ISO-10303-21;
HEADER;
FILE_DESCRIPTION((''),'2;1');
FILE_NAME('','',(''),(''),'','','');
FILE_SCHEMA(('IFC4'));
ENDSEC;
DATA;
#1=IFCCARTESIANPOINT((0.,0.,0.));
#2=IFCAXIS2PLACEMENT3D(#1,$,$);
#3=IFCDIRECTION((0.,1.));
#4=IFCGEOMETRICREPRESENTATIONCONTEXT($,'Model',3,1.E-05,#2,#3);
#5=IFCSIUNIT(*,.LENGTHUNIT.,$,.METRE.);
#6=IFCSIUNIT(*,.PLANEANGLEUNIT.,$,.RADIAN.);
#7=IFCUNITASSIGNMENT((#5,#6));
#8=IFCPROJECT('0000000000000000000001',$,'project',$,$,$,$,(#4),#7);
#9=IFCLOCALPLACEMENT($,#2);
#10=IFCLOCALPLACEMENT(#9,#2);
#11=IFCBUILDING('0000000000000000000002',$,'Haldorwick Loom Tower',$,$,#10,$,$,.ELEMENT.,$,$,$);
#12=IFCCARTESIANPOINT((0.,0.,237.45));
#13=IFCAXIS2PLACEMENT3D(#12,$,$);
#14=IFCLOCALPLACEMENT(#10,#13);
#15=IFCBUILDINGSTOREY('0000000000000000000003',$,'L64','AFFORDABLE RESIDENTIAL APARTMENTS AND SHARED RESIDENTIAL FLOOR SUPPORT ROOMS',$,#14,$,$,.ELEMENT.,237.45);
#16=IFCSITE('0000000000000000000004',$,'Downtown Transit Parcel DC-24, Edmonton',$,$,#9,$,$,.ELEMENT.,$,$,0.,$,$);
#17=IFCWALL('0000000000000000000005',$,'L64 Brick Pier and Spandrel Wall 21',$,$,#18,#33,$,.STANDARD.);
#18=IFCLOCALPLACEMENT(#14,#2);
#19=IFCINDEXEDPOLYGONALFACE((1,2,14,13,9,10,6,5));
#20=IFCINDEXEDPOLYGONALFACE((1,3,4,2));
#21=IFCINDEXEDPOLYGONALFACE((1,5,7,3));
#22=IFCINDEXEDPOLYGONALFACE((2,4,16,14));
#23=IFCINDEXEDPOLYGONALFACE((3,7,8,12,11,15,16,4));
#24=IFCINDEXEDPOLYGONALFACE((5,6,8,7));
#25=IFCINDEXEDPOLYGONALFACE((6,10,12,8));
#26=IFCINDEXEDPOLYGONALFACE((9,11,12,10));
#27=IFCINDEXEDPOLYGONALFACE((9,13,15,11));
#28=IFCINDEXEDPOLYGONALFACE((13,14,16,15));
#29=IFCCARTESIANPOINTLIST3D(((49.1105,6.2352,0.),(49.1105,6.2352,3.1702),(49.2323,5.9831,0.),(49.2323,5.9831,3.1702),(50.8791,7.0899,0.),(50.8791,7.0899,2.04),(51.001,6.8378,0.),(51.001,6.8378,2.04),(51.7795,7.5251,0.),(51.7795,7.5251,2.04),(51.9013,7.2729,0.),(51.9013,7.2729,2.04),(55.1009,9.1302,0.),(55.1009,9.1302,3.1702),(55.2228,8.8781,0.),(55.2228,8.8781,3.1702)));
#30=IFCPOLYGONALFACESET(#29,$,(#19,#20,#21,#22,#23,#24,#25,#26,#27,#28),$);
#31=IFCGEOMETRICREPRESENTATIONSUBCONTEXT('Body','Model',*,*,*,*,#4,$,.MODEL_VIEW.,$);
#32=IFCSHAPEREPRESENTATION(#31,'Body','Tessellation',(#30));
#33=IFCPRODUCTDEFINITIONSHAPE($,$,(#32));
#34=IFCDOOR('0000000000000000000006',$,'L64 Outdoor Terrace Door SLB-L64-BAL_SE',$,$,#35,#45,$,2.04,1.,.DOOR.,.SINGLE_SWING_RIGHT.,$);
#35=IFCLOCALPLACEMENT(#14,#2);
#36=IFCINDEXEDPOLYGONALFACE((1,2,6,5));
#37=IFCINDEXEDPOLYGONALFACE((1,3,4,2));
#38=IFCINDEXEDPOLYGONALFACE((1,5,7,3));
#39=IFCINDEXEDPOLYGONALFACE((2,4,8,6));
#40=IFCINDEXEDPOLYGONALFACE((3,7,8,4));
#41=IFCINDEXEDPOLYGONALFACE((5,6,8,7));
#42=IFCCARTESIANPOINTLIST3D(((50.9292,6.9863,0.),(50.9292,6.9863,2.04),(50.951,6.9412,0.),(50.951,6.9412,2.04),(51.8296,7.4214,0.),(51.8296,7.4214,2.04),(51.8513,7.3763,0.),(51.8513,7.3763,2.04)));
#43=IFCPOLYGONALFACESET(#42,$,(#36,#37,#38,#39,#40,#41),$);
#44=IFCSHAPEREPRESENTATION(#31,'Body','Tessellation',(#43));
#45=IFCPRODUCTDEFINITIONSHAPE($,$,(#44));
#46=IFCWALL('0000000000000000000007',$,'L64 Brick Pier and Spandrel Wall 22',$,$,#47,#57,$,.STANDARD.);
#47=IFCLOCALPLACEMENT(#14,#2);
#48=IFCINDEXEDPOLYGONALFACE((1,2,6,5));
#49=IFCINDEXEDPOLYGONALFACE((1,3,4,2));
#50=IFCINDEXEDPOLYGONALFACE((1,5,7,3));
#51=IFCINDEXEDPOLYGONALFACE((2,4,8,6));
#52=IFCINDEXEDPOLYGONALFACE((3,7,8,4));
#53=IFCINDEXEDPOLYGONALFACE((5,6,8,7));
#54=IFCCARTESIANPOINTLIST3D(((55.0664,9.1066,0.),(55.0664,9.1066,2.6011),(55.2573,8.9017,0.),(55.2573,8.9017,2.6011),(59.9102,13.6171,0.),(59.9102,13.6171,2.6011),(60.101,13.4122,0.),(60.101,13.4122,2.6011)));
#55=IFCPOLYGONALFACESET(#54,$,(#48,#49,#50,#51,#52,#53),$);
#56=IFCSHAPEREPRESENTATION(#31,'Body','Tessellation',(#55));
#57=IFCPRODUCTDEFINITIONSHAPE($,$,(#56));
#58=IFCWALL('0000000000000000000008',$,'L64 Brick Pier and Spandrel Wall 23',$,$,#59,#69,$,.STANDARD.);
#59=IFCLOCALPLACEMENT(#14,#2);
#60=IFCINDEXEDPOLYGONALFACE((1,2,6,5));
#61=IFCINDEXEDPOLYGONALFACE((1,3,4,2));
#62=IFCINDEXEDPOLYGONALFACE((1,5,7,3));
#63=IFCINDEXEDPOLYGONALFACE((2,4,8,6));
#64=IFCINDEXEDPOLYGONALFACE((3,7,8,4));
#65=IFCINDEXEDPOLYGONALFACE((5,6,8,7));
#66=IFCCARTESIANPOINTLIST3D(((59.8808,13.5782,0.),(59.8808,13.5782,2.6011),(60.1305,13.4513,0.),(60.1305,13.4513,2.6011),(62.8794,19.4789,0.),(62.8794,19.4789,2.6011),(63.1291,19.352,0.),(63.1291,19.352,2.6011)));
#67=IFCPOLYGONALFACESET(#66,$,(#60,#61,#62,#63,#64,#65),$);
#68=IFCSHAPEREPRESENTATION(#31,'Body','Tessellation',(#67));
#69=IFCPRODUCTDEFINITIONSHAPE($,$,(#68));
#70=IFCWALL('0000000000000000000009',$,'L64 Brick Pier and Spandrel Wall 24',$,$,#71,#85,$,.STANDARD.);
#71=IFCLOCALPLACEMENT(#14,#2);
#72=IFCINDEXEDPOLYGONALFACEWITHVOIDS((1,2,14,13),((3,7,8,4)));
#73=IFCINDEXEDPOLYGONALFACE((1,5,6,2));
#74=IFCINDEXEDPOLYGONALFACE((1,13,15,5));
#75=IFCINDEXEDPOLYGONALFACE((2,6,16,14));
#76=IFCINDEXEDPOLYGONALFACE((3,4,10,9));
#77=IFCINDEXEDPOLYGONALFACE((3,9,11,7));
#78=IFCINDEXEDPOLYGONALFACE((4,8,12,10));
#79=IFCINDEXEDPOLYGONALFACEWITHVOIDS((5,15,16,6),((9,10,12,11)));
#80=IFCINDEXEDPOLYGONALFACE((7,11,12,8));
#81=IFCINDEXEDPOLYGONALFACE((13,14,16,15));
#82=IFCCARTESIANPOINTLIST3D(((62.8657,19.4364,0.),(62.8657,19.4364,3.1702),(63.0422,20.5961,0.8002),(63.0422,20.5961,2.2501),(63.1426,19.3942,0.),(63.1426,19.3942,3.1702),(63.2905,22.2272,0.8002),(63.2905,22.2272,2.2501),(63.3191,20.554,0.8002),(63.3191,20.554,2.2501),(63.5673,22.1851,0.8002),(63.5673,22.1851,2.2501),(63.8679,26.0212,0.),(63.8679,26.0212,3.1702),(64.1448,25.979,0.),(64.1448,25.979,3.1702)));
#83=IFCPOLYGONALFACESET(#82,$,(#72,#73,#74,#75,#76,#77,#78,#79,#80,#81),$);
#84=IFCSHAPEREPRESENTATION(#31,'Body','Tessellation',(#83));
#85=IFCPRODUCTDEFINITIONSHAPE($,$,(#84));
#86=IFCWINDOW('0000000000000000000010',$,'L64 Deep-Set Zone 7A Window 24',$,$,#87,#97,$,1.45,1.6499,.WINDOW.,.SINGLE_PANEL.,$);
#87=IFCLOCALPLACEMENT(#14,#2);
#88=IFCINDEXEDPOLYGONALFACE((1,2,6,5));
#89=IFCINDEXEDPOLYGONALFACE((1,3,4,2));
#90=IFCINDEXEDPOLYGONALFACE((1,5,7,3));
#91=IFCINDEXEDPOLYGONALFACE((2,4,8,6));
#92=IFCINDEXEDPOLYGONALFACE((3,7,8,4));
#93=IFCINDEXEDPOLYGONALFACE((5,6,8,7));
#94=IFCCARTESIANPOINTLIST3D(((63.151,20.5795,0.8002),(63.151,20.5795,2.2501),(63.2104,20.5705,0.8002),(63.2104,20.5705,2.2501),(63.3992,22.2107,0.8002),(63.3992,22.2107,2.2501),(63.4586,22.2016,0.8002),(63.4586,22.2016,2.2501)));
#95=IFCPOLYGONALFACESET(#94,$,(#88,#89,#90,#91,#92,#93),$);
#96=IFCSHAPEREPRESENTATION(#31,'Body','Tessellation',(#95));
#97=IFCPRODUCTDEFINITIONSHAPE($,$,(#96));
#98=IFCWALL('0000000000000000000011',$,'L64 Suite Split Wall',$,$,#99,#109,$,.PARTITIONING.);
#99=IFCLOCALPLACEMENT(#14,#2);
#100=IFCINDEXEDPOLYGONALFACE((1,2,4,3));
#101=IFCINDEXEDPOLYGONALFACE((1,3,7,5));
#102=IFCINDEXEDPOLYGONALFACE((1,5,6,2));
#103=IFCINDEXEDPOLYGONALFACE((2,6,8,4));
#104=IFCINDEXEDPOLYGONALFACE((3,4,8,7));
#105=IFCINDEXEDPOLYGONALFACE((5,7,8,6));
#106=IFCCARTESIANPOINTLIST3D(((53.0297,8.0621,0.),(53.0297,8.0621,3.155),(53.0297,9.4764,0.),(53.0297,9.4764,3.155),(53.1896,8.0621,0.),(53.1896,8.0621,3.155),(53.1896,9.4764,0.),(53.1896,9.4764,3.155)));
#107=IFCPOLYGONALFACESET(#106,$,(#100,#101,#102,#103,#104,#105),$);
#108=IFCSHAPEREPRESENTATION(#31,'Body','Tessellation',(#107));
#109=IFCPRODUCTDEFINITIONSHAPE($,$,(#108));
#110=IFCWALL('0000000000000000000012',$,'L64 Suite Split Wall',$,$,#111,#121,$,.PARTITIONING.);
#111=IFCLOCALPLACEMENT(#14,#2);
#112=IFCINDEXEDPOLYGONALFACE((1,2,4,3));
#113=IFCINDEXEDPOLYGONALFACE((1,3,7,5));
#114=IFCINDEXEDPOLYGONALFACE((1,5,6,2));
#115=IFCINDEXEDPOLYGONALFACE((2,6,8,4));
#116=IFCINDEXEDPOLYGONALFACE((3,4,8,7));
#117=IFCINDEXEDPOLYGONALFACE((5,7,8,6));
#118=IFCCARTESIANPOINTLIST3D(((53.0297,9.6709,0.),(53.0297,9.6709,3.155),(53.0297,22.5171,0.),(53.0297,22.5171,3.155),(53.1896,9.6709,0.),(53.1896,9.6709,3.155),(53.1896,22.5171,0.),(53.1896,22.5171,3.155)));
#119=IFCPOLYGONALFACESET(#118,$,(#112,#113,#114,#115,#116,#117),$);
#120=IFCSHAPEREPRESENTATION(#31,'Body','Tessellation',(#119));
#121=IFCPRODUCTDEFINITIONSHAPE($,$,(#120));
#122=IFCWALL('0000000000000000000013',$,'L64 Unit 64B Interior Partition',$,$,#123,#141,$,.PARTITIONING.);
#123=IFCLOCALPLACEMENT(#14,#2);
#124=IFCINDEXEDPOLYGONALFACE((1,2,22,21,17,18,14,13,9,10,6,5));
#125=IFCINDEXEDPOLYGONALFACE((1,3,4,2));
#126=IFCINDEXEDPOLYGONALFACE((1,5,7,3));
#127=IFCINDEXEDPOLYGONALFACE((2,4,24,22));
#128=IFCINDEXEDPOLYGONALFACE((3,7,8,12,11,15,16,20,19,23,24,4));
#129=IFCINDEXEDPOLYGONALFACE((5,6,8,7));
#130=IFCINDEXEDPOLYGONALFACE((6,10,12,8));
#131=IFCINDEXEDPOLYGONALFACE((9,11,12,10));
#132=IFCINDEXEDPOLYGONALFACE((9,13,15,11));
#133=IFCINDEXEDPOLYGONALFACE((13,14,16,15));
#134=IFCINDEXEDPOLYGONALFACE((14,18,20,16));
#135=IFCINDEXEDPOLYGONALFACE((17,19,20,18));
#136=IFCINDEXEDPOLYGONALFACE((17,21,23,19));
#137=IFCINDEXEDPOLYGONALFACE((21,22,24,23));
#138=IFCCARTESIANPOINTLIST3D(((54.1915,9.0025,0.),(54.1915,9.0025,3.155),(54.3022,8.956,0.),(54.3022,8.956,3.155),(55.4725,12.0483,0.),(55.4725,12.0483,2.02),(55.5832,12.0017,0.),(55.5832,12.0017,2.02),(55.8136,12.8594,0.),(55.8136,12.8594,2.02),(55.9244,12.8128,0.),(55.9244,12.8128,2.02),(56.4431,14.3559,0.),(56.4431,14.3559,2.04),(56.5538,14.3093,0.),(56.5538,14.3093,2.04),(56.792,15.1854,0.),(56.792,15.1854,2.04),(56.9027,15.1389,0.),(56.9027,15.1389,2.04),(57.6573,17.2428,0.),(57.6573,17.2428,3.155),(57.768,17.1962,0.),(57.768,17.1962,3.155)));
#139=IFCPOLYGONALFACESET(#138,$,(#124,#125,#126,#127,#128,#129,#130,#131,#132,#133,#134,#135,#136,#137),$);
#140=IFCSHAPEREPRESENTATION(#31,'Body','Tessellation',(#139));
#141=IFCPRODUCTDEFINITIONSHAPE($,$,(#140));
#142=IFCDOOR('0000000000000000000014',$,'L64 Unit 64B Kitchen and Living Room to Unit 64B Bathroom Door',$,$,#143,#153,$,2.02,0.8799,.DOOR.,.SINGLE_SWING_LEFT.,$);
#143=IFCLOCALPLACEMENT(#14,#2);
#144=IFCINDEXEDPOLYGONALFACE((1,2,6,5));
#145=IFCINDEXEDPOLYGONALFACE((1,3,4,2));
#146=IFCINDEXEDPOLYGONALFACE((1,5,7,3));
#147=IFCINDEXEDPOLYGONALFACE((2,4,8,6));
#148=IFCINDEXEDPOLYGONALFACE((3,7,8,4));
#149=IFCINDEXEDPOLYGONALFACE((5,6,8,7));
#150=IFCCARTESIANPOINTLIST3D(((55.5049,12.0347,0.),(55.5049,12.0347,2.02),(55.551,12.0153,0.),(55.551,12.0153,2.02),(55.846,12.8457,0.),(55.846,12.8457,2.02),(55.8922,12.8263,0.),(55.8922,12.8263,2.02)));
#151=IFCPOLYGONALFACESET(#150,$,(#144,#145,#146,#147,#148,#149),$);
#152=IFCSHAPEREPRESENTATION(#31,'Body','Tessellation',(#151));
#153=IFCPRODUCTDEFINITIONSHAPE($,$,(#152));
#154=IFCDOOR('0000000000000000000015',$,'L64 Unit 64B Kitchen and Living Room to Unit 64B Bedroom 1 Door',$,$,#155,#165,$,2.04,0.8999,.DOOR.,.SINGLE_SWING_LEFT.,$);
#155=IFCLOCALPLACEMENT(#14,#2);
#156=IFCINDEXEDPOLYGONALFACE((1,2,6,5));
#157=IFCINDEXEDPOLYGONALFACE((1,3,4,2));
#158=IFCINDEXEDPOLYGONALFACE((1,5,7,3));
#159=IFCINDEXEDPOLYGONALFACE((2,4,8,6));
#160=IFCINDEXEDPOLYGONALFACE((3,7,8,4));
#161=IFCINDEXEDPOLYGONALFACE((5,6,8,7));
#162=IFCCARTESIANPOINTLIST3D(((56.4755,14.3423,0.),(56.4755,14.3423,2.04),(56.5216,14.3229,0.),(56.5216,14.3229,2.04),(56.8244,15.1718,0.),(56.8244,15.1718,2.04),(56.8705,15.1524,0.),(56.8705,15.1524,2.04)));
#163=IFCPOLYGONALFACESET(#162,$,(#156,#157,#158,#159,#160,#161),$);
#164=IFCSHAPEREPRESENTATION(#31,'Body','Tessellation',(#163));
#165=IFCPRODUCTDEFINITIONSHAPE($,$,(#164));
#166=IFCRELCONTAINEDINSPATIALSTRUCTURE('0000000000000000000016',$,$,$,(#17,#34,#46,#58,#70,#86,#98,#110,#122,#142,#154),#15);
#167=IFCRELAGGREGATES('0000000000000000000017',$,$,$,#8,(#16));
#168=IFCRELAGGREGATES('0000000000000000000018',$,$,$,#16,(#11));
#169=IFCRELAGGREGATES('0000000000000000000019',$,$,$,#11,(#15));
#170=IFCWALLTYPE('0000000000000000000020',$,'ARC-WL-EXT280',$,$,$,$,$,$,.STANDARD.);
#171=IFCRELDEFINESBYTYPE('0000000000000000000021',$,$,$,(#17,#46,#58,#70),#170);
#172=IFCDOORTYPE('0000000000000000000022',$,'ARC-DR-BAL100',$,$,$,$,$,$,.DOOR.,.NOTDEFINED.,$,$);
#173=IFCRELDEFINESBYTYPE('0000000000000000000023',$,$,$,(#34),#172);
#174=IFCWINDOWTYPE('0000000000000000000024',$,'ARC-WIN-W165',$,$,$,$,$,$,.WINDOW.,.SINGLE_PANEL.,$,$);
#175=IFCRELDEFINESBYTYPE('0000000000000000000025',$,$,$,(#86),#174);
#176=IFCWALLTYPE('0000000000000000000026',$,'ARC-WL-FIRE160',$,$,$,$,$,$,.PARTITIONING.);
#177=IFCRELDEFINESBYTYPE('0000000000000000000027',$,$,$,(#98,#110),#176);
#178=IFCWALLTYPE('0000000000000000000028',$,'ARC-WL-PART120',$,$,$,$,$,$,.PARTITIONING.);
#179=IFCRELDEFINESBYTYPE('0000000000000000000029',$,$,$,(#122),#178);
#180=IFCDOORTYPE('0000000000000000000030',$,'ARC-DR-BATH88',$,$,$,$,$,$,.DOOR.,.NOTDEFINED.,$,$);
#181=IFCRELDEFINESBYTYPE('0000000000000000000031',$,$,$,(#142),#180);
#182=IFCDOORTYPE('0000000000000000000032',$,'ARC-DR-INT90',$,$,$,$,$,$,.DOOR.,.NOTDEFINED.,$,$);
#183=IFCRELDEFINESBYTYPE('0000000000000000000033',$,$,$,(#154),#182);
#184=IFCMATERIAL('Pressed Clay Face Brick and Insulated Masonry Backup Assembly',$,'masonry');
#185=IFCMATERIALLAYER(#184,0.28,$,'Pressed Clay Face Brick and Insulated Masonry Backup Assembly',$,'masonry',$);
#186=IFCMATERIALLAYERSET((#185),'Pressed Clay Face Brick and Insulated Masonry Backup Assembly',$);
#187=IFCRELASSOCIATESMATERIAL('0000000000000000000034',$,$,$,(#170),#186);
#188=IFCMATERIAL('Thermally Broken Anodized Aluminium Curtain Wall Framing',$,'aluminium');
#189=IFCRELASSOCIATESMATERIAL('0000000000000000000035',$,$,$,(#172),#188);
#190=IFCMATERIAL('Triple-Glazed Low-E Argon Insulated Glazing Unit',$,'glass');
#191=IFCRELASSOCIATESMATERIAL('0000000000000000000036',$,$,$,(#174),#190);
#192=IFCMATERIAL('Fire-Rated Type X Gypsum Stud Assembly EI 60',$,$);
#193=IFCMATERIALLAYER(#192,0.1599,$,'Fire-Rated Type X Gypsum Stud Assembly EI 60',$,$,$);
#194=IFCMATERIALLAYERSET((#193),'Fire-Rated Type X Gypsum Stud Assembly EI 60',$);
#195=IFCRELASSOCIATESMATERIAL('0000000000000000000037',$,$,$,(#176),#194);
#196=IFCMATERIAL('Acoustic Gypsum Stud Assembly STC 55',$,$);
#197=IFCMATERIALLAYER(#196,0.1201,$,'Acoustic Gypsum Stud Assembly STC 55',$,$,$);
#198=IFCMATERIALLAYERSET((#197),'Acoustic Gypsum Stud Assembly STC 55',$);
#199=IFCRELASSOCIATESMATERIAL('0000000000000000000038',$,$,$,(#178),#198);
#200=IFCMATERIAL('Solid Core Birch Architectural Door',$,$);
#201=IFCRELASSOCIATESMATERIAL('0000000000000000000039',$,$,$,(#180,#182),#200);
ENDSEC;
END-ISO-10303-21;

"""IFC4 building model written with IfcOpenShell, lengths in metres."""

from ifc_helpers import new_model, si_unit, direction, frame, frame_2d, origin, place, context, subcontext, project, spatial, rectangle, extrude, material, layer, layer_set, type_object, element, fill, save


model = new_model("IFC4")

# Units and contexts
model_context = context("Model", 3, precision=1e-05, world=origin(), true_north=direction((0.0, 1.0)))
body_context = subcontext(model_context, "Body", "Model", "MODEL_VIEW")
ifc_project = project(units=[si_unit("LENGTHUNIT", "METRE"), si_unit("PLANEANGLEUNIT", "RADIAN")], contexts=[model_context])

# Site, building, storey
site_placement = place(None, origin())
site = spatial("IfcSite", under=ifc_project, at=site_placement, Name="Downtown Transit Parcel DC-24, Edmonton", CompositionType="ELEMENT", RefElevation=0.0)
building_placement = place(site_placement, origin())
building = spatial("IfcBuilding", under=site, at=building_placement, Name="Haldorwick Loom Tower", CompositionType="ELEMENT")
storey_placement = place(building_placement, frame((0.0, 0.0, 237.45)))
storey = spatial("IfcBuildingStorey", under=building, at=storey_placement, Name="L64", Description="AFFORDABLE RESIDENTIAL APARTMENTS AND SHARED RESIDENTIAL FLOOR SUPPORT ROOMS", CompositionType="ELEMENT", Elevation=237.45)

# Wall, opening, door
ifc_material_1 = material(Name="Pressed Clay Face Brick and Insulated Masonry Backup Assembly", Category="masonry")
ifc_layer_1 = layer(ifc_material_1, 0.28, Name="Pressed Clay Face Brick and Insulated Masonry Backup Assembly", Category="masonry")
ifc_layer_set_1 = layer_set([ifc_layer_1], Name="Pressed Clay Face Brick and Insulated Masonry Backup Assembly")
wall_type_1 = type_object("IfcWallType", Name="ARC-WL-EXT280", PredefinedType="STANDARD", material=ifc_layer_set_1)
wall_1_placement = place(storey_placement, frame((49.1714, 6.1091, 0.0), z_axis=(0.0, 0.0, 1.0), x_axis=(0.900371, 0.435123, 0.0)))
wall_1 = element("IfcWall", 1, at=wall_1_placement, inside=storey, type_object=wall_type_1, Name="L64 Brick Pier and Spandrel Wall 21", PredefinedType="STANDARD", context=body_context, shape_type="SweptSolid", body=[
    extrude(rectangle(XDim=6.6533, YDim=0.28, at=frame_2d((3.3267, 0.0))), origin(), (0.0, 0.0, 1.0), 3.1702),
])
opening_1_placement = place(wall_1_placement, frame((1.9644, 0.0, 0.0)))
opening_1 = element("IfcOpeningElement", 2, at=opening_1_placement, cuts=wall_1, PredefinedType="OPENING", context=body_context, shape_type="SweptSolid", body=[
    extrude(rectangle(XDim=1.0, YDim=2.04, at=frame_2d((0.5, 1.02))), frame((0.0, 0.1499, 0.0), z_axis=(0.0, -1.0, 0.0), x_axis=(1.0, 0.0, 0.0)), (0.0, 0.0, 1.0), 0.3),
])
ifc_material_2 = material(Name="Thermally Broken Anodized Aluminium Curtain Wall Framing", Category="aluminium")
door_type_1 = type_object("IfcDoorType", Name="ARC-DR-BAL100", OperationType="NOTDEFINED", PredefinedType="DOOR", material=ifc_material_2)
door_1_placement = place(opening_1_placement, origin())
door_1 = element("IfcDoor", 3, at=door_1_placement, inside=storey, type_object=door_type_1, Name="L64 Outdoor Terrace Door SLB-L64-BAL_SE", OperationType="SINGLE_SWING_RIGHT", OverallHeight=2.04, OverallWidth=1.0, PredefinedType="DOOR", context=body_context, shape_type="SweptSolid", body=[
    extrude(rectangle(XDim=1.0, YDim=2.04, at=frame_2d((0.5, 1.02))), frame((0.0, 0.0249, 0.0), z_axis=(0.0, -1.0, 0.0), x_axis=(1.0, 0.0, 0.0)), (0.0, 0.0, 1.0), 0.05),
])
fill(opening_1, door_1)

# Walls
wall_2_placement = place(storey_placement, frame((55.1619, 9.0042, 0.0), z_axis=(0.0, 0.0, 1.0), x_axis=(0.731834, 0.681483, 0.0)))
element("IfcWall", 4, at=wall_2_placement, inside=storey, type_object=wall_type_1, Name="L64 Brick Pier and Spandrel Wall 22", PredefinedType="STANDARD", context=body_context, shape_type="SweptSolid", body=[
    extrude(rectangle(XDim=6.6187, YDim=0.28, at=frame_2d((3.3093, 0.0))), origin(), (0.0, 0.0, 1.0), 2.6011),
])
wall_3_placement = place(storey_placement, frame((60.0056, 13.5146, 0.0), z_axis=(0.0, 0.0, 1.0), x_axis=(0.453032, 0.891494, 0.0)))
element("IfcWall", 5, at=wall_3_placement, inside=storey, type_object=wall_type_1, Name="L64 Brick Pier and Spandrel Wall 23", PredefinedType="STANDARD", context=body_context, shape_type="SweptSolid", body=[
    extrude(rectangle(XDim=6.6189, YDim=0.28, at=frame_2d((3.3096, 0.0))), origin(), (0.0, 0.0, 1.0), 2.6011),
])

# Wall, opening, window
wall_4_placement = place(storey_placement, frame((63.0042, 19.4153, 0.0), z_axis=(0.0, 0.0, 1.0), x_axis=(0.150468, 0.988615, 0.0)))
wall_4 = element("IfcWall", 6, at=wall_4_placement, inside=storey, type_object=wall_type_1, Name="L64 Brick Pier and Spandrel Wall 24", PredefinedType="STANDARD", context=body_context, shape_type="SweptSolid", body=[
    extrude(rectangle(XDim=6.6606, YDim=0.28, at=frame_2d((3.3303, 0.0))), origin(), (0.0, 0.0, 1.0), 3.1702),
])
opening_2_placement = place(wall_4_placement, frame((1.1731, 0.0, 0.8)))
opening_2 = element("IfcOpeningElement", 7, at=opening_2_placement, cuts=wall_4, PredefinedType="OPENING", context=body_context, shape_type="SweptSolid", body=[
    extrude(rectangle(XDim=1.6499, YDim=1.45, at=frame_2d((0.825, 0.7251))), frame((0.0, 0.1499, 0.0), z_axis=(0.0, -1.0, 0.0), x_axis=(1.0, 0.0, 0.0)), (0.0, 0.0, 1.0), 0.3),
])
ifc_material_3 = material(Name="Triple-Glazed Low-E Argon Insulated Glazing Unit", Category="glass")
window_type = type_object("IfcWindowType", Name="ARC-WIN-W165", PartitioningType="SINGLE_PANEL", PredefinedType="WINDOW", material=ifc_material_3)
window_placement = place(opening_2_placement, origin())
window = element("IfcWindow", 8, at=window_placement, inside=storey, type_object=window_type, Name="L64 Deep-Set Zone 7A Window 24", OverallHeight=1.45, OverallWidth=1.6499, PartitioningType="SINGLE_PANEL", PredefinedType="WINDOW", context=body_context, shape_type="SweptSolid", body=[
    extrude(rectangle(XDim=1.6499, YDim=1.45, at=frame_2d((0.825, 0.7251))), frame((0.0, 0.03, 0.0), z_axis=(0.0, -1.0, 0.0), x_axis=(1.0, 0.0, 0.0)), (0.0, 0.0, 1.0), 0.0601),
])
fill(opening_2, window)

# Walls
ifc_material_4 = material(Name="Fire-Rated Type X Gypsum Stud Assembly EI 60")
ifc_layer_2 = layer(ifc_material_4, 0.1599, Name="Fire-Rated Type X Gypsum Stud Assembly EI 60")
ifc_layer_set_2 = layer_set([ifc_layer_2], Name="Fire-Rated Type X Gypsum Stud Assembly EI 60")
wall_type_2 = type_object("IfcWallType", Name="ARC-WL-FIRE160", PredefinedType="PARTITIONING", material=ifc_layer_set_2)
wall_5_placement = place(storey_placement, frame((53.1096, 8.0623, 0.0), z_axis=(0.0, 0.0, 1.0), x_axis=(0.0, 1.0, 0.0)))
element("IfcWall", 9, at=wall_5_placement, inside=storey, type_object=wall_type_2, Name="L64 Suite Split Wall", PredefinedType="PARTITIONING", context=body_context, shape_type="SweptSolid", body=[
    extrude(rectangle(XDim=1.4143, YDim=0.1599, at=frame_2d((0.707, 0.0))), origin(), (0.0, 0.0, 1.0), 3.155),
])
wall_6_placement = place(storey_placement, frame((53.1096, 9.6709, 0.0), z_axis=(0.0, 0.0, 1.0), x_axis=(0.0, 1.0, 0.0)))
element("IfcWall", 10, at=wall_6_placement, inside=storey, type_object=wall_type_2, Name="L64 Suite Split Wall", PredefinedType="PARTITIONING", context=body_context, shape_type="SweptSolid", body=[
    extrude(rectangle(XDim=12.8462, YDim=0.1599, at=frame_2d((6.4231, 0.0))), origin(), (0.0, 0.0, 1.0), 3.155),
])

# Wall, openings, doors
ifc_material_5 = material(Name="Acoustic Gypsum Stud Assembly STC 55")
ifc_layer_3 = layer(ifc_material_5, 0.1201, Name="Acoustic Gypsum Stud Assembly STC 55")
ifc_layer_set_3 = layer_set([ifc_layer_3], Name="Acoustic Gypsum Stud Assembly STC 55")
wall_type_3 = type_object("IfcWallType", Name="ARC-WL-PART120", PredefinedType="PARTITIONING", material=ifc_layer_set_3)
wall_7_placement = place(storey_placement, frame((54.2468, 8.9792, 0.0), z_axis=(0.0, 0.0, 1.0), x_axis=(0.3877, 0.921785, 0.0)))
wall_7 = element("IfcWall", 11, at=wall_7_placement, inside=storey, type_object=wall_type_3, Name="L64 Unit 64B Interior Partition", PredefinedType="PARTITIONING", context=body_context, shape_type="SweptSolid", body=[
    extrude(rectangle(XDim=8.9395, YDim=0.1201, at=frame_2d((4.4697, 0.0))), origin(), (0.0, 0.0, 1.0), 3.155),
])
opening_3_placement = place(wall_7_placement, frame((3.3042, 0.0, 0.0)))
opening_3 = element("IfcOpeningElement", 12, at=opening_3_placement, cuts=wall_7, PredefinedType="OPENING", context=body_context, shape_type="SweptSolid", body=[
    extrude(rectangle(XDim=0.8799, YDim=2.02, at=frame_2d((0.4399, 1.01))), frame((0.0, 0.0701, 0.0), z_axis=(0.0, -1.0, 0.0), x_axis=(1.0, 0.0, 0.0)), (0.0, 0.0, 1.0), 0.1401),
])
opening_4_placement = place(wall_7_placement, frame((5.8076, 0.0, 0.0)))
opening_4 = element("IfcOpeningElement", 13, at=opening_4_placement, cuts=wall_7, PredefinedType="OPENING", context=body_context, shape_type="SweptSolid", body=[
    extrude(rectangle(XDim=0.8999, YDim=2.04, at=frame_2d((0.45, 1.02))), frame((0.0, 0.0701, 0.0), z_axis=(0.0, -1.0, 0.0), x_axis=(1.0, 0.0, 0.0)), (0.0, 0.0, 1.0), 0.1401),
])
ifc_material_6 = material(Name="Solid Core Birch Architectural Door")
door_type_2 = type_object("IfcDoorType", Name="ARC-DR-BATH88", OperationType="NOTDEFINED", PredefinedType="DOOR", material=ifc_material_6)
door_2_placement = place(opening_3_placement, origin())
door_2 = element("IfcDoor", 14, at=door_2_placement, inside=storey, type_object=door_type_2, Name="L64 Unit 64B Kitchen and Living Room to Unit 64B Bathroom Door", OperationType="SINGLE_SWING_LEFT", OverallHeight=2.02, OverallWidth=0.8799, PredefinedType="DOOR", context=body_context, shape_type="SweptSolid", body=[
    extrude(rectangle(XDim=0.8799, YDim=2.02, at=frame_2d((0.4399, 1.01))), frame((0.0, 0.0249, 0.0), z_axis=(0.0, -1.0, 0.0), x_axis=(1.0, 0.0, 0.0)), (0.0, 0.0, 1.0), 0.05),
])
fill(opening_3, door_2)
door_type_3 = type_object("IfcDoorType", Name="ARC-DR-INT90", OperationType="NOTDEFINED", PredefinedType="DOOR", material=ifc_material_6)
door_3_placement = place(opening_4_placement, origin())
door_3 = element("IfcDoor", 15, at=door_3_placement, inside=storey, type_object=door_type_3, Name="L64 Unit 64B Kitchen and Living Room to Unit 64B Bedroom 1 Door", OperationType="SINGLE_SWING_LEFT", OverallHeight=2.04, OverallWidth=0.8999, PredefinedType="DOOR", context=body_context, shape_type="SweptSolid", body=[
    extrude(rectangle(XDim=0.8999, YDim=2.04, at=frame_2d((0.45, 1.02))), frame((0.0, 0.0249, 0.0), z_axis=(0.0, -1.0, 0.0), x_axis=(1.0, 0.0, 0.0)), (0.0, 0.0, 1.0), 0.05),
])
fill(opening_4, door_3)

save(model, "model.ifc")
